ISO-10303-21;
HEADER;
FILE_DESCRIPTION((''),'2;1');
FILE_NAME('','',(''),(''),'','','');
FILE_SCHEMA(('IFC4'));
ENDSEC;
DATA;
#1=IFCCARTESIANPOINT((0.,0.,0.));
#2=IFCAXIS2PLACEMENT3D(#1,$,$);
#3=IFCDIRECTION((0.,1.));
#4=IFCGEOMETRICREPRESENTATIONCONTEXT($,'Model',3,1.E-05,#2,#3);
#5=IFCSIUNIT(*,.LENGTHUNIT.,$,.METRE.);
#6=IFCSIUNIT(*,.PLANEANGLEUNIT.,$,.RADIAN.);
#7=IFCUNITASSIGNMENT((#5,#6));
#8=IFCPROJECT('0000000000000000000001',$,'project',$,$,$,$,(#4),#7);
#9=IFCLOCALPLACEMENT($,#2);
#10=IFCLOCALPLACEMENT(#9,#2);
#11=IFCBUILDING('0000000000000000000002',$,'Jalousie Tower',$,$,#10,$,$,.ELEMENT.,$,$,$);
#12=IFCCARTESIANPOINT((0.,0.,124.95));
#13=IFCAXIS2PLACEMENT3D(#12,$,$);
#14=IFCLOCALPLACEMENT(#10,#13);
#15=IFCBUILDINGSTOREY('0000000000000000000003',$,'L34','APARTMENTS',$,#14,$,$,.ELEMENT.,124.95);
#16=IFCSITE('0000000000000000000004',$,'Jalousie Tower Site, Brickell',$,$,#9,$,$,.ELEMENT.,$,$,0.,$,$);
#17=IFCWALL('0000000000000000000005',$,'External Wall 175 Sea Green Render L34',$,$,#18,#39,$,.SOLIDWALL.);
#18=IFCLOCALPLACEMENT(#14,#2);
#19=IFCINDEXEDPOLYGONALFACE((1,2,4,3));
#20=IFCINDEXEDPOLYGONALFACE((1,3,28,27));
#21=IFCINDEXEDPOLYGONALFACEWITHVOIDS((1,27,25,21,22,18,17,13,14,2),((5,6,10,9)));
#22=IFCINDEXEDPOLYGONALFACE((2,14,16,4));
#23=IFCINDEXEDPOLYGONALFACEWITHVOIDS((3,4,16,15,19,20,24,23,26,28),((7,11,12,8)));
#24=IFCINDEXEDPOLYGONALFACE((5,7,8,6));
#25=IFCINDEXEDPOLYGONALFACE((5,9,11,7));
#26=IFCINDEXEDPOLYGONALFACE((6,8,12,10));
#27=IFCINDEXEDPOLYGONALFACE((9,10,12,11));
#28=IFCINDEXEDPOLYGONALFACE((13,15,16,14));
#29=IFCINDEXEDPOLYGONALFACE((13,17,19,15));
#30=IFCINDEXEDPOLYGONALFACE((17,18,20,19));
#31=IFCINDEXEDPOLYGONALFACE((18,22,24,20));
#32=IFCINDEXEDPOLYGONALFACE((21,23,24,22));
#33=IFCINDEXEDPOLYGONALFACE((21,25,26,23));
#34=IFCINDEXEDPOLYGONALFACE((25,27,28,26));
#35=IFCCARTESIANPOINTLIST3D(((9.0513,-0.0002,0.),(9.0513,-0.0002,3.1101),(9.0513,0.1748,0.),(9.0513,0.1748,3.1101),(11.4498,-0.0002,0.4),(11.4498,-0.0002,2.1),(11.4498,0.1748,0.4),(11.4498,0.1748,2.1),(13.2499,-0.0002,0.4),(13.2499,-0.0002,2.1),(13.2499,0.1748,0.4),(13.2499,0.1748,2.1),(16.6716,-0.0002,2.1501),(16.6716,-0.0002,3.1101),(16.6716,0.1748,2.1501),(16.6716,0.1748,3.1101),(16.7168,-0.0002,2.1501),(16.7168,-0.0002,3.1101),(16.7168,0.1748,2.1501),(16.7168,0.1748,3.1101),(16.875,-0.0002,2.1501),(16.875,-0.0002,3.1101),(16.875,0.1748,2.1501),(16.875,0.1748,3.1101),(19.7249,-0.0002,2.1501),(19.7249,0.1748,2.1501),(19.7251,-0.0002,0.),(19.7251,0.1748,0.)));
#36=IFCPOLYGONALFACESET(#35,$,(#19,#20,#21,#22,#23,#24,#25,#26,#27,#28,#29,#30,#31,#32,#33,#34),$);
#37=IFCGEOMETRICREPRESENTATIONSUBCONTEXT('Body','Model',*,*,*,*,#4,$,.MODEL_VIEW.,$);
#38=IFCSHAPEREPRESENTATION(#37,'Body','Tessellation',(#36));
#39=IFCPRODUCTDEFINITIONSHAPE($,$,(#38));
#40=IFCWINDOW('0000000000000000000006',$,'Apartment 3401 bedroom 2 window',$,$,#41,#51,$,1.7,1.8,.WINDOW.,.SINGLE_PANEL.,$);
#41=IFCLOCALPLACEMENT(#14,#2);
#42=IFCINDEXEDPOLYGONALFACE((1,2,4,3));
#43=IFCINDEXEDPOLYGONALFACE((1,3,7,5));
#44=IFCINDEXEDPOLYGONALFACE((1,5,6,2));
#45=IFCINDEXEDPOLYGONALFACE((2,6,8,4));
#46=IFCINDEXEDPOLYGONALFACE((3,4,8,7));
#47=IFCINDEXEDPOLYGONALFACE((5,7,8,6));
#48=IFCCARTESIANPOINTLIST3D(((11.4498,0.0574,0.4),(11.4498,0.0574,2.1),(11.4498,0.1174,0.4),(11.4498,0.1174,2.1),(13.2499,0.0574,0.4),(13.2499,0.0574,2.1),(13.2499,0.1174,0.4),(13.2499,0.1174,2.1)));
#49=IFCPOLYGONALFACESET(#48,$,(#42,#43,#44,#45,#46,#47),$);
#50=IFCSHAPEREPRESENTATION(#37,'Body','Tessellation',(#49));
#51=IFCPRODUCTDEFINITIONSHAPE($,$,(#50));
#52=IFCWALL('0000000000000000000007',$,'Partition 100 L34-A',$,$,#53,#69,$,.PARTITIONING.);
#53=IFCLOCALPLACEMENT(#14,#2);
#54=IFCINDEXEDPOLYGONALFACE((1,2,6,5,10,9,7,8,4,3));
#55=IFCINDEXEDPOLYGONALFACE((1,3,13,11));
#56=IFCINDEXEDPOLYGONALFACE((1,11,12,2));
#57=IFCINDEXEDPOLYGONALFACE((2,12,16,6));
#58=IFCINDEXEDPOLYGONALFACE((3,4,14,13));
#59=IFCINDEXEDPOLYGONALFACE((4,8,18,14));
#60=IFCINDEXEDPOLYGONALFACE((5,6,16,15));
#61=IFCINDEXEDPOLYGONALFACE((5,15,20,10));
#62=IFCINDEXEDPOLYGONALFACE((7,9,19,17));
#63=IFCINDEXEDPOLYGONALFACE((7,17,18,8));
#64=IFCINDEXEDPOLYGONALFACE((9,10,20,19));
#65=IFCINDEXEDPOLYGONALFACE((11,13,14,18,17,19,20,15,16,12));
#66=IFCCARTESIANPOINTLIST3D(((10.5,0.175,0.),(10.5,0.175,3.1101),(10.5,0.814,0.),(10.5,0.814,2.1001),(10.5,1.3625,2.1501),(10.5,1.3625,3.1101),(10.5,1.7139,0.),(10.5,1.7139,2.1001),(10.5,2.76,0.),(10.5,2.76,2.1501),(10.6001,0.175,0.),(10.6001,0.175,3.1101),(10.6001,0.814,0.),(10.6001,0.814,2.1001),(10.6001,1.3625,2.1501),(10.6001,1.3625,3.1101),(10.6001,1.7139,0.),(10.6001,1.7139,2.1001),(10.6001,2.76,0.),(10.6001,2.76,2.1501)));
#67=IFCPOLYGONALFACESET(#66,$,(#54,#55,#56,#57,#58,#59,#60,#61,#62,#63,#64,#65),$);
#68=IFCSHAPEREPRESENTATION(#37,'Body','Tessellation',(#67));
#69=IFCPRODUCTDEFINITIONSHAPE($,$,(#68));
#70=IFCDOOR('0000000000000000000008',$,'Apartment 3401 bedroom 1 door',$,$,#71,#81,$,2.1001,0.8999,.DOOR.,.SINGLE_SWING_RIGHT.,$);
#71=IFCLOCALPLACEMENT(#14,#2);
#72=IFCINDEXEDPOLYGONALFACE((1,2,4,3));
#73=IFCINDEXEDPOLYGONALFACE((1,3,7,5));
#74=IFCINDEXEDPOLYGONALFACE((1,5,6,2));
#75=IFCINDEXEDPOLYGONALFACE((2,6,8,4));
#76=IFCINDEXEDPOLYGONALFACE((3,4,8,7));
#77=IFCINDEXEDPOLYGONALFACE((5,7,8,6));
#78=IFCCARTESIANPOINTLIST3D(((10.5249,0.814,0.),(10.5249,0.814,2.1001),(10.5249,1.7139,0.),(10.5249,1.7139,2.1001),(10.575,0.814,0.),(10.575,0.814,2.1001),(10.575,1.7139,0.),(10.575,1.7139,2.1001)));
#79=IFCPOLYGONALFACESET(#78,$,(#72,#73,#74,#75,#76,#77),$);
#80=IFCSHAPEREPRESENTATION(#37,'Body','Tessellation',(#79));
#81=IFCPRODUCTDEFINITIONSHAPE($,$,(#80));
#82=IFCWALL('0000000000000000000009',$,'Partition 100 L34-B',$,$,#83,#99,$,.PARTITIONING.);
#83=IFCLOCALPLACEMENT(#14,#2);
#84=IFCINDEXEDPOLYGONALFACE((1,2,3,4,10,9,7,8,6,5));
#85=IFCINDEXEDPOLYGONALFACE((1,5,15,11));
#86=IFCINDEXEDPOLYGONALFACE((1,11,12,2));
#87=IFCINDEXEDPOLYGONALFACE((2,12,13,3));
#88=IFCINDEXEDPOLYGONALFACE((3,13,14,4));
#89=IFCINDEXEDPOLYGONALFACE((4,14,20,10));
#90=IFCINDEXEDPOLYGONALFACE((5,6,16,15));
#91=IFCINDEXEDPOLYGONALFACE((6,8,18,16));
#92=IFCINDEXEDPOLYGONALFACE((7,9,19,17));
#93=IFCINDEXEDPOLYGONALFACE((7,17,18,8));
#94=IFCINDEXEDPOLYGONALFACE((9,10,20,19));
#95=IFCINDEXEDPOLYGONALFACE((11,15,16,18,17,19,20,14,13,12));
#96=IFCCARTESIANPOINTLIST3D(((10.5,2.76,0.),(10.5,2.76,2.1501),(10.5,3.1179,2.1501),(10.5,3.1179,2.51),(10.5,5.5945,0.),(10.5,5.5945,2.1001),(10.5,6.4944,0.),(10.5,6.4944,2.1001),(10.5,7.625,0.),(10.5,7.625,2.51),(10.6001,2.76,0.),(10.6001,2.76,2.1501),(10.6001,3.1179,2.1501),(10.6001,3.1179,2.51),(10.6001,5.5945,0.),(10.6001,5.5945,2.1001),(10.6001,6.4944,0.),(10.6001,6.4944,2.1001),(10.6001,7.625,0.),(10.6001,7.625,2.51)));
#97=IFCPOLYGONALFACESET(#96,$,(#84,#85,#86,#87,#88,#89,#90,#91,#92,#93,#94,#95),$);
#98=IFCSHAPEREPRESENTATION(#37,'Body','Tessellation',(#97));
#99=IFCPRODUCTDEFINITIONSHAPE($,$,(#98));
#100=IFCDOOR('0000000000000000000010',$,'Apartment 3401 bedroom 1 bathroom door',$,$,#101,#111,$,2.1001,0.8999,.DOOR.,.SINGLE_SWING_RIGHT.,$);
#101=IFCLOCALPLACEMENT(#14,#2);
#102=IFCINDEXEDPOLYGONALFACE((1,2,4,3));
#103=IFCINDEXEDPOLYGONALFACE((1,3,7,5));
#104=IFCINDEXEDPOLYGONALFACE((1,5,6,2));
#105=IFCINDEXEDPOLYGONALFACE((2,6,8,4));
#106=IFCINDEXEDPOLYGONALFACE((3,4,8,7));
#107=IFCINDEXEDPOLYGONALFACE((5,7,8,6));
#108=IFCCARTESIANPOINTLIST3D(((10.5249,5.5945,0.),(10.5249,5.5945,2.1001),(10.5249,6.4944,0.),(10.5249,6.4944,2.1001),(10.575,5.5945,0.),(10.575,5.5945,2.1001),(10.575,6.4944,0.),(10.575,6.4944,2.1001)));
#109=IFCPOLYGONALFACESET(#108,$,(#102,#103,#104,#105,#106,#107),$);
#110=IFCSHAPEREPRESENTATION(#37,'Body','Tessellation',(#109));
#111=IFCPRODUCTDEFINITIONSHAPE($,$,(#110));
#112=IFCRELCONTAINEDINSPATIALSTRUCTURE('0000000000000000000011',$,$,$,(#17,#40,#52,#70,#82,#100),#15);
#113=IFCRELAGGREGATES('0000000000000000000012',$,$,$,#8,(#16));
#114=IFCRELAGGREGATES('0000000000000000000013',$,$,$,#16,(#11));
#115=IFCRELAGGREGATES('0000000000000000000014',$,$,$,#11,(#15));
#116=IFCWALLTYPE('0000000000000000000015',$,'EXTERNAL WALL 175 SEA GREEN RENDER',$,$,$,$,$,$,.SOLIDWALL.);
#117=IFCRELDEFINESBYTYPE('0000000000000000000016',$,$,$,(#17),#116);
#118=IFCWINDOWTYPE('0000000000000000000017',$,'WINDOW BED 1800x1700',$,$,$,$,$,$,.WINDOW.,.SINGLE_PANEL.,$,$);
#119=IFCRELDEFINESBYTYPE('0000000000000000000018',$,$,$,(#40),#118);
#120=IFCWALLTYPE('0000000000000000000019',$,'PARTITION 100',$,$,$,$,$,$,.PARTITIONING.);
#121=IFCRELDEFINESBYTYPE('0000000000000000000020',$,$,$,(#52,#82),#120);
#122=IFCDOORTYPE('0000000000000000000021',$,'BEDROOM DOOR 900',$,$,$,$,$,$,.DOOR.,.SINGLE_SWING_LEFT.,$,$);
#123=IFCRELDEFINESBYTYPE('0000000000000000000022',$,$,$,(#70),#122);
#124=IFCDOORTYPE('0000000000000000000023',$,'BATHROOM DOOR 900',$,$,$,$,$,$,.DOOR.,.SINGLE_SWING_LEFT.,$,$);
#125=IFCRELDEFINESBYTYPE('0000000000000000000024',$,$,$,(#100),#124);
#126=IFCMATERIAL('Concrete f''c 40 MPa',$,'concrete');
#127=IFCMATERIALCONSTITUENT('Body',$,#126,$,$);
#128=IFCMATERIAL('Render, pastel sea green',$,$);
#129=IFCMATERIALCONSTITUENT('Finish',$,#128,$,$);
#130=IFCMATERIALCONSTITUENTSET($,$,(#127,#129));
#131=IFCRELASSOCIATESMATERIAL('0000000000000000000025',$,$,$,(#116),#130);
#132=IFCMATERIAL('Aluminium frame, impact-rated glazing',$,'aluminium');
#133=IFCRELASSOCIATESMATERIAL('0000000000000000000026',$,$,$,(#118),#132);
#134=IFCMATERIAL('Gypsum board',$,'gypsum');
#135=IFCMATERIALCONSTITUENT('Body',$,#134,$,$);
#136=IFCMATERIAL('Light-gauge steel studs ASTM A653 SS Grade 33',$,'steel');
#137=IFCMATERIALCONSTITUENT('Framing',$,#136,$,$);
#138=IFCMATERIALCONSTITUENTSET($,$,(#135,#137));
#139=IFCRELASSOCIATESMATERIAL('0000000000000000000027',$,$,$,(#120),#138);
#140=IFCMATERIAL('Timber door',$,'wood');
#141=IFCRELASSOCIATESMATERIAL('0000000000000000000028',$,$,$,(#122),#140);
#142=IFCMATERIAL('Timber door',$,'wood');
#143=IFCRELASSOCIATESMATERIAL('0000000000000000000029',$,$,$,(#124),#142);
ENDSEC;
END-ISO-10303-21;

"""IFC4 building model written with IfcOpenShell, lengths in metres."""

from ifc_helpers import new_model, si_unit, direction, frame, frame_2d, origin, place, context, subcontext, project, spatial, polyline, rectangle, outline, extrude, material, constituent, constituent_set, type_object, element, fill, save


model = new_model("IFC4")

# Units and contexts
model_context = context("Model", 3, precision=1e-05, world=origin(), true_north=direction((0.0, 1.0)))
body_context = subcontext(model_context, "Body", "Model", "MODEL_VIEW")
ifc_project = project(units=[si_unit("LENGTHUNIT", "METRE"), si_unit("PLANEANGLEUNIT", "RADIAN")], contexts=[model_context])

# Site, building, storey
site_placement = place(None, origin())
site = spatial("IfcSite", under=ifc_project, at=site_placement, Name="Jalousie Tower Site, Brickell", CompositionType="ELEMENT", RefElevation=0.0)
building_placement = place(site_placement, origin())
building = spatial("IfcBuilding", under=site, at=building_placement, Name="Jalousie Tower", CompositionType="ELEMENT")
storey_placement = place(building_placement, frame((0.0, 0.0, 124.95)))
storey = spatial("IfcBuildingStorey", under=building, at=storey_placement, Name="L34", Description="APARTMENTS", CompositionType="ELEMENT", Elevation=124.95)

# Wall, opening, window
ifc_material_1 = material(Name="Concrete f'c 40 MPa", Category="concrete")
ifc_constituent_1 = constituent(ifc_material_1, Name="Body")
ifc_material_2 = material(Name="Render, pastel sea green")
ifc_constituent_2 = constituent(ifc_material_2, Name="Finish")
ifc_constituent_set_1 = constituent_set(constituents=[ifc_constituent_1, ifc_constituent_2])
wall_type_1 = type_object("IfcWallType", Name="EXTERNAL WALL 175 SEA GREEN RENDER", PredefinedType="SOLIDWALL", material=ifc_constituent_set_1)
wall_1_placement = place(storey_placement, frame((9.0513, 0.0874, 0.0), z_axis=(0.0, 0.0, 1.0), x_axis=(1.0, 0.0, 0.0)))
wall_1 = element("IfcWall", 1, at=wall_1_placement, inside=storey, type_object=wall_type_1, Name="External Wall 175 Sea Green Render L34", PredefinedType="SOLIDWALL", context=body_context, shape_type="SweptSolid", body=[
    extrude(outline(polyline([(0.0, 0.0), (10.6738, 0.0), (10.6736, 2.1501), (7.8237, 2.1501), (7.8237, 3.1101), (7.6655, 3.1101), (7.6655, 2.1501), (7.6204, 2.1501), (7.6204, 3.1101), (0.0, 3.1101), (0.0, 0.0)])), frame((0.0, 0.0874, 0.0), z_axis=(0.0, -1.0, 0.0), x_axis=(1.0, 0.0, 0.0)), (0.0, 0.0, 1.0), 0.175),
])
opening_1_placement = place(wall_1_placement, frame((2.3987, 0.0, 0.3999)))
opening_1 = element("IfcOpeningElement", 2, at=opening_1_placement, cuts=wall_1, PredefinedType="OPENING", context=body_context, shape_type="SweptSolid", body=[
    extrude(rectangle(XDim=1.8, YDim=1.7, at=frame_2d((0.8999, 0.8501))), frame((0.0, 0.0974, 0.0), z_axis=(0.0, -1.0, 0.0), x_axis=(1.0, 0.0, 0.0)), (0.0, 0.0, 1.0), 0.1951),
])
ifc_material_3 = material(Name="Aluminium frame, impact-rated glazing", Category="aluminium")
window_type = type_object("IfcWindowType", Name="WINDOW BED 1800x1700", PartitioningType="SINGLE_PANEL", PredefinedType="WINDOW", material=ifc_material_3)
window_placement = place(opening_1_placement, origin())
window = element("IfcWindow", 3, at=window_placement, inside=storey, type_object=window_type, Name="Apartment 3401 bedroom 2 window", OverallHeight=1.7, OverallWidth=1.8, PartitioningType="SINGLE_PANEL", PredefinedType="WINDOW", context=body_context, shape_type="SweptSolid", body=[
    extrude(rectangle(XDim=1.8, YDim=1.7, at=frame_2d((0.8999, 0.8501))), frame((0.0, 0.03, 0.0), z_axis=(0.0, -1.0, 0.0), x_axis=(1.0, 0.0, 0.0)), (0.0, 0.0, 1.0), 0.0601),
])
fill(opening_1, window)

# Walls, openings, doors
ifc_material_4 = material(Name="Gypsum board", Category="gypsum")
ifc_constituent_3 = constituent(ifc_material_4, Name="Body")
ifc_material_5 = material(Name="Light-gauge steel studs ASTM A653 SS Grade 33", Category="steel")
ifc_constituent_4 = constituent(ifc_material_5, Name="Framing")
ifc_constituent_set_2 = constituent_set(constituents=[ifc_constituent_3, ifc_constituent_4])
wall_type_2 = type_object("IfcWallType", Name="PARTITION 100", PredefinedType="PARTITIONING", material=ifc_constituent_set_2)
wall_2_placement = place(storey_placement, frame((10.55, 0.175, 0.0), z_axis=(0.0, 0.0, 1.0), x_axis=(0.0, 1.0, 0.0)))
wall_2 = element("IfcWall", 4, at=wall_2_placement, inside=storey, type_object=wall_type_2, Name="Partition 100 L34-A", PredefinedType="PARTITIONING", context=body_context, shape_type="SweptSolid", body=[
    extrude(outline(polyline([(0.0, 0.0), (2.585, 0.0), (2.585, 2.1501), (1.1875, 2.1501), (1.1875, 3.1101), (0.0, 3.1101), (0.0, 0.0)])), frame((0.0, 0.05, 0.0), z_axis=(0.0, -1.0, 0.0), x_axis=(1.0, 0.0, 0.0)), (0.0, 0.0, 1.0), 0.1001),
])
opening_2_placement = place(wall_2_placement, frame((0.6389, 0.0, 0.0)))
opening_2 = element("IfcOpeningElement", 5, at=opening_2_placement, cuts=wall_2, PredefinedType="OPENING", context=body_context, shape_type="SweptSolid", body=[
    extrude(rectangle(XDim=0.8999, YDim=2.1001, at=frame_2d((0.45, 1.05))), frame((0.0, 0.0601, 0.0), z_axis=(0.0, -1.0, 0.0), x_axis=(1.0, 0.0, 0.0)), (0.0, 0.0, 1.0), 0.1201),
])
ifc_material_6 = material(Name="Timber door", Category="wood")
door_type_1 = type_object("IfcDoorType", Name="BEDROOM DOOR 900", OperationType="SINGLE_SWING_LEFT", PredefinedType="DOOR", material=ifc_material_6)
door_1_placement = place(opening_2_placement, frame((0.8999, 0.0, 0.0), z_axis=(0.0, 0.0, 1.0), x_axis=(-1.0, 0.0, 0.0)))
door_1 = element("IfcDoor", 6, at=door_1_placement, inside=storey, type_object=door_type_1, Name="Apartment 3401 bedroom 1 door", OperationType="SINGLE_SWING_RIGHT", OverallHeight=2.1001, OverallWidth=0.8999, PredefinedType="DOOR", context=body_context, shape_type="SweptSolid", body=[
    extrude(rectangle(XDim=0.8999, YDim=2.1001, at=frame_2d((0.45, 1.05))), frame((0.0, 0.0249, 0.0), z_axis=(0.0, -1.0, 0.0), x_axis=(1.0, 0.0, 0.0)), (0.0, 0.0, 1.0), 0.05),
])
fill(opening_2, door_1)
wall_3_placement = place(storey_placement, frame((10.55, 2.76, 0.0), z_axis=(0.0, 0.0, 1.0), x_axis=(0.0, 1.0, 0.0)))
wall_3 = element("IfcWall", 7, at=wall_3_placement, inside=storey, type_object=wall_type_2, Name="Partition 100 L34-B", PredefinedType="PARTITIONING", context=body_context, shape_type="SweptSolid", body=[
    extrude(outline(polyline([(0.0, 0.0), (4.865, 0.0), (4.865, 2.51), (0.3579, 2.51), (0.3579, 2.1501), (0.0, 2.1501), (0.0, 0.0)])), frame((0.0, 0.05, 0.0), z_axis=(0.0, -1.0, 0.0), x_axis=(1.0, 0.0, 0.0)), (0.0, 0.0, 1.0), 0.1001),
])
opening_3_placement = place(wall_3_placement, frame((2.8345, 0.0, 0.0)))
opening_3 = element("IfcOpeningElement", 8, at=opening_3_placement, cuts=wall_3, PredefinedType="OPENING", context=body_context, shape_type="SweptSolid", body=[
    extrude(rectangle(XDim=0.8999, YDim=2.1001, at=frame_2d((0.45, 1.05))), frame((0.0, 0.0601, 0.0), z_axis=(0.0, -1.0, 0.0), x_axis=(1.0, 0.0, 0.0)), (0.0, 0.0, 1.0), 0.1201),
])
ifc_material_7 = material(Name="Timber door", Category="wood")
door_type_2 = type_object("IfcDoorType", Name="BATHROOM DOOR 900", OperationType="SINGLE_SWING_LEFT", PredefinedType="DOOR", material=ifc_material_7)
door_2_placement = place(opening_3_placement, frame((0.8999, 0.0, 0.0), z_axis=(0.0, 0.0, 1.0), x_axis=(-1.0, 0.0, 0.0)))
door_2 = element("IfcDoor", 9, at=door_2_placement, inside=storey, type_object=door_type_2, Name="Apartment 3401 bedroom 1 bathroom door", OperationType="SINGLE_SWING_RIGHT", OverallHeight=2.1001, OverallWidth=0.8999, PredefinedType="DOOR", context=body_context, shape_type="SweptSolid", body=[
    extrude(rectangle(XDim=0.8999, YDim=2.1001, at=frame_2d((0.45, 1.05))), frame((0.0, 0.0249, 0.0), z_axis=(0.0, -1.0, 0.0), x_axis=(1.0, 0.0, 0.0)), (0.0, 0.0, 1.0), 0.05),
])
fill(opening_3, door_2)

save(model, "model.ifc")
